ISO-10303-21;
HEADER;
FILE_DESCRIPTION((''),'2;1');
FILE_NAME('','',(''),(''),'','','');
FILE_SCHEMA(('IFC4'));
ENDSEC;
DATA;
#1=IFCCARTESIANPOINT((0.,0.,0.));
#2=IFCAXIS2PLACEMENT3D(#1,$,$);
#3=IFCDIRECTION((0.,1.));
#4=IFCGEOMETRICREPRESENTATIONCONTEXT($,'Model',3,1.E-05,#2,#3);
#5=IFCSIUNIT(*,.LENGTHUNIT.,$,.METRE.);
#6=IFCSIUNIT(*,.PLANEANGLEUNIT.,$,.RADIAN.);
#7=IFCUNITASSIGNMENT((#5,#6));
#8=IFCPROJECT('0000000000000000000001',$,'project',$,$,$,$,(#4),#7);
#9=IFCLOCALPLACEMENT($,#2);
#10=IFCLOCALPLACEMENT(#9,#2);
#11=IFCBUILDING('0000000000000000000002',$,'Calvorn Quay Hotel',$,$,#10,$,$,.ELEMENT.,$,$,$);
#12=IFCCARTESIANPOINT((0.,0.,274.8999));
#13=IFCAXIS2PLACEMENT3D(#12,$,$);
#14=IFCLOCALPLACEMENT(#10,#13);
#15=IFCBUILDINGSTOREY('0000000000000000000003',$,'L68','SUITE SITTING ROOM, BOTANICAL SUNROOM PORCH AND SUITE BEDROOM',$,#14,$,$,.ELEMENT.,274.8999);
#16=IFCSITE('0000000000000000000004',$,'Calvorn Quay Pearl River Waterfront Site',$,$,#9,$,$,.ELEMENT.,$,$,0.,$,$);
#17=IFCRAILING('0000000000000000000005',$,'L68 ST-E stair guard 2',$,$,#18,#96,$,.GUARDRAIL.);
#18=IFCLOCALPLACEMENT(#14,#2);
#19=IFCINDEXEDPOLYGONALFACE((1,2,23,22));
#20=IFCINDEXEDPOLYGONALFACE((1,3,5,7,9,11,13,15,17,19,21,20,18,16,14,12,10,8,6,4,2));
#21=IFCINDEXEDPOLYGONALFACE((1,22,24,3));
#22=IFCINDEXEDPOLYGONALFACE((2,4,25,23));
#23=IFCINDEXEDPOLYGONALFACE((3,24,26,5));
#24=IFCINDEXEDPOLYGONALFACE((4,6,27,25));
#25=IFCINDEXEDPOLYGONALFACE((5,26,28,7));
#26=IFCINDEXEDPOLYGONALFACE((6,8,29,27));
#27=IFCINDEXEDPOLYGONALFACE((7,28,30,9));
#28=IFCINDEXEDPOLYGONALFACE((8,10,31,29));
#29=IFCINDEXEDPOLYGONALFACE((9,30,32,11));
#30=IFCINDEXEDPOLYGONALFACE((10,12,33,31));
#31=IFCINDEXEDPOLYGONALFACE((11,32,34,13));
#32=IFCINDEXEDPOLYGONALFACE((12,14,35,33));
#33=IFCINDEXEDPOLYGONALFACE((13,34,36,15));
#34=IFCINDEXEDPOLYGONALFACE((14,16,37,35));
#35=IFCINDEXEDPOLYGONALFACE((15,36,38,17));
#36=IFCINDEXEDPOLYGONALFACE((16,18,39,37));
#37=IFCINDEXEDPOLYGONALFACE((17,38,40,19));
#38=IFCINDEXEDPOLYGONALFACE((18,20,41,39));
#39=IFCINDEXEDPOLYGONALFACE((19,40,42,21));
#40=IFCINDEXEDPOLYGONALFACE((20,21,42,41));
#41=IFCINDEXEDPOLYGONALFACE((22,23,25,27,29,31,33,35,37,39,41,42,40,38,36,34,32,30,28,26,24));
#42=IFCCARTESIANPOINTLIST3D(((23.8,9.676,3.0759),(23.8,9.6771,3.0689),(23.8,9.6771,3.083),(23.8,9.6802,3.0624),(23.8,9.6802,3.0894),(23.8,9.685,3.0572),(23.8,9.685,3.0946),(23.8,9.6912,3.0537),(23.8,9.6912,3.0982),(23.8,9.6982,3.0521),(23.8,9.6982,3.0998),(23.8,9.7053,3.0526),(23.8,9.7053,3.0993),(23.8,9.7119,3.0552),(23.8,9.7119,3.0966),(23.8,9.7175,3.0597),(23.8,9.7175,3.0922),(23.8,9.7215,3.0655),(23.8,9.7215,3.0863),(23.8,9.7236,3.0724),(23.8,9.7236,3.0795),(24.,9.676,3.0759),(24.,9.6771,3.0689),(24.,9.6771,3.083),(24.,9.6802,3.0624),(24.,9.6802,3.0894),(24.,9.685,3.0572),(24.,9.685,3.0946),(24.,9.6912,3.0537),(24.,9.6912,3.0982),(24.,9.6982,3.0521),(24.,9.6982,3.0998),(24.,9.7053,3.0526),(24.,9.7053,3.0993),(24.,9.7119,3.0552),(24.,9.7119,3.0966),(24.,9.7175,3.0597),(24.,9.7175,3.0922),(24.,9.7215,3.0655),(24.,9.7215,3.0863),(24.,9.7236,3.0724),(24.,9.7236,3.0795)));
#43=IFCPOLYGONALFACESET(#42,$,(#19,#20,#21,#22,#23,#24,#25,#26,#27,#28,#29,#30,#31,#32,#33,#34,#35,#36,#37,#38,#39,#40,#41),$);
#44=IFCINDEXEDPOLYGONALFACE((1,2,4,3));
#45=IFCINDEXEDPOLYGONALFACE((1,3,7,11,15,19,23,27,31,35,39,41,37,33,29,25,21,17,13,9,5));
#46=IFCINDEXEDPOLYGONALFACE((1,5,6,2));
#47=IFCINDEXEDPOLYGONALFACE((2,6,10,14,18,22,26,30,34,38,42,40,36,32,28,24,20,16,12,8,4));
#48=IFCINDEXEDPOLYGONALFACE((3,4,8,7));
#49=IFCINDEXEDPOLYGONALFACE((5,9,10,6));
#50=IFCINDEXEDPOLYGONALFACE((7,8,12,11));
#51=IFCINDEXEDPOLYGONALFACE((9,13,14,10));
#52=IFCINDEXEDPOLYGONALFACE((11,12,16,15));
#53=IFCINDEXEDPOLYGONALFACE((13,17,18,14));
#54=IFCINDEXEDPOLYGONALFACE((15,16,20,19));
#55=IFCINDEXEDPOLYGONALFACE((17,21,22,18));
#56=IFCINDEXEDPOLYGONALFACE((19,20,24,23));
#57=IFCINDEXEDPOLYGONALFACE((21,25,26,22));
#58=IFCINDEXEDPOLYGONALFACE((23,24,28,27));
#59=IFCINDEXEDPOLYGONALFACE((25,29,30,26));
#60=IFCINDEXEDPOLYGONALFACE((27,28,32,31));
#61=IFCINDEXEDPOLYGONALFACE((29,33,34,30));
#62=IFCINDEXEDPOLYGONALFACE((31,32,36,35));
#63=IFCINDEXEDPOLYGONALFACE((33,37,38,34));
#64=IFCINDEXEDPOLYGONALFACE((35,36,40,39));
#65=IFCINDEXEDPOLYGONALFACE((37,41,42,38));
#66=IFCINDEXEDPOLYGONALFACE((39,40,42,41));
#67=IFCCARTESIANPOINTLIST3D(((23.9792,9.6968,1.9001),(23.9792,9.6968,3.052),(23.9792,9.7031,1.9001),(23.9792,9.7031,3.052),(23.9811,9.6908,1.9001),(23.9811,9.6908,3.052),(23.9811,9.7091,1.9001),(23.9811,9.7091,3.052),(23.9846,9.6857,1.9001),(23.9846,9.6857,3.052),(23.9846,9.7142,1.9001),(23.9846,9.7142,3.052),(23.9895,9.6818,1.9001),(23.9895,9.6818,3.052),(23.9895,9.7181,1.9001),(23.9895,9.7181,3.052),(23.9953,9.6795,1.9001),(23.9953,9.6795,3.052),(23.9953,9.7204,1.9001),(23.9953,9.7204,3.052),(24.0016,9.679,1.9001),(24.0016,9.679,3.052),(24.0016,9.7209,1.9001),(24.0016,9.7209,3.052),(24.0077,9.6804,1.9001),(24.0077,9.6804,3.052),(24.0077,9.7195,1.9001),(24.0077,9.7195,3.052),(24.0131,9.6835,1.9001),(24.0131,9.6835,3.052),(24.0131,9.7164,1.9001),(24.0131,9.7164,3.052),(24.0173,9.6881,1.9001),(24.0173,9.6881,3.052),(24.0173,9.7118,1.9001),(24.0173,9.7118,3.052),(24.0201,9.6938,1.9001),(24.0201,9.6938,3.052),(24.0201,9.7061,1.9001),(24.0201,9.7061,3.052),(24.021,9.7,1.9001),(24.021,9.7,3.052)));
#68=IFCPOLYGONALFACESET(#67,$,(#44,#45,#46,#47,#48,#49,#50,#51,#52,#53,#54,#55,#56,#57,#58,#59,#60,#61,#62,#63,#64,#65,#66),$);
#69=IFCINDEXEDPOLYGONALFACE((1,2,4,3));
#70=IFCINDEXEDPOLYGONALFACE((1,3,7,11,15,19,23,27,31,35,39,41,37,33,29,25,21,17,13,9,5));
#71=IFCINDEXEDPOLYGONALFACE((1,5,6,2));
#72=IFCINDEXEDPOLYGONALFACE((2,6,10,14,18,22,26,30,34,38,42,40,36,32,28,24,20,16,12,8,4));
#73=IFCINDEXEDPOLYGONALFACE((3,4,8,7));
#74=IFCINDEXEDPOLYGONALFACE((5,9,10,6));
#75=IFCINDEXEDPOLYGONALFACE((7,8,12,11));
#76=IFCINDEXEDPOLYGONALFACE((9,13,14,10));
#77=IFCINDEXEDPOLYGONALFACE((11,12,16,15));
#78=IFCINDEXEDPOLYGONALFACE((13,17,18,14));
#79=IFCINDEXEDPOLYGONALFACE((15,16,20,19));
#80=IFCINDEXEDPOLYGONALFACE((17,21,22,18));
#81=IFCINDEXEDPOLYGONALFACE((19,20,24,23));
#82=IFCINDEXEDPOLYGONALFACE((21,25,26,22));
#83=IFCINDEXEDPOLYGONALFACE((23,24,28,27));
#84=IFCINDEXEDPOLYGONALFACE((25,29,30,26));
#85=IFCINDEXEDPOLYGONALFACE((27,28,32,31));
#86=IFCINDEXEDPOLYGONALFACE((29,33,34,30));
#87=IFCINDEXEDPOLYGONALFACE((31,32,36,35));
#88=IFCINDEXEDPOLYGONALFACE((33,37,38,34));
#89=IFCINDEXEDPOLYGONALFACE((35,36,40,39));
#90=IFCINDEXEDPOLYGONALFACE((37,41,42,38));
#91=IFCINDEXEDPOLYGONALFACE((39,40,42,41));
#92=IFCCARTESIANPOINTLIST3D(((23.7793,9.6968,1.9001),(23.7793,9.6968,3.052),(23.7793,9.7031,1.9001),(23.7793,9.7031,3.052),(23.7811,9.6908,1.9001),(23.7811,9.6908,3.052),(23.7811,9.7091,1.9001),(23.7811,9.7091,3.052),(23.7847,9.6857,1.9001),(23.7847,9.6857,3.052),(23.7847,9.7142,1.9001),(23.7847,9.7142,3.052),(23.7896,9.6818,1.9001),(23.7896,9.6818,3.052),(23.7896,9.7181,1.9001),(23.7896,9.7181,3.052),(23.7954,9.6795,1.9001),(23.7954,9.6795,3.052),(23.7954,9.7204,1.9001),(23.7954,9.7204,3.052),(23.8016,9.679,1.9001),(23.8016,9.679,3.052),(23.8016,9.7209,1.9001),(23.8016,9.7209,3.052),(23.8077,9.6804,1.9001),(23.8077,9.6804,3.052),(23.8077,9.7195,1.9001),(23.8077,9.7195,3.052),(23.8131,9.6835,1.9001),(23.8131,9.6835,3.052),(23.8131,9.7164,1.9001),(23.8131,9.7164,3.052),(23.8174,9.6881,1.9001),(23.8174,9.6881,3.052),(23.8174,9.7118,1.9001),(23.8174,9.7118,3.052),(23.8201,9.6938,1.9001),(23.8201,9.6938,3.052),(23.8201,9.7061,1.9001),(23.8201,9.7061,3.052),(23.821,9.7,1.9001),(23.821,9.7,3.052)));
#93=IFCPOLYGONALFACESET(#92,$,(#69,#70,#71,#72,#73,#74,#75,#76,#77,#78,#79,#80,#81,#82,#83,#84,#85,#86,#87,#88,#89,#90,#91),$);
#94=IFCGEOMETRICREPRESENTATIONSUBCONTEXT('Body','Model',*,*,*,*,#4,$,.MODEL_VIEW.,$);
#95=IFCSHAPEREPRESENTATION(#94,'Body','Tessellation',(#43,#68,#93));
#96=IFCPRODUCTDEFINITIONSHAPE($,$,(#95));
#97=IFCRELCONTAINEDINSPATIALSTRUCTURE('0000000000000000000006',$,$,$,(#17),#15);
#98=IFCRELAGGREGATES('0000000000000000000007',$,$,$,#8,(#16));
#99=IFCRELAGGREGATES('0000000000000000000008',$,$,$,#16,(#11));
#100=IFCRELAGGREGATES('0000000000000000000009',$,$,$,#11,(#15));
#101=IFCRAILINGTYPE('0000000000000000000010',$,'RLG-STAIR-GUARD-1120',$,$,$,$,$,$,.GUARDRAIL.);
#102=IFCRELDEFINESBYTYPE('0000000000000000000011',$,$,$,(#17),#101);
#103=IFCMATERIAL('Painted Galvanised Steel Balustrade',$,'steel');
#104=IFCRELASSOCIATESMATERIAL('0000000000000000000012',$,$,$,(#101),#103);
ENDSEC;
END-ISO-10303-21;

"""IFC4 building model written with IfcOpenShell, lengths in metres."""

from ifc_helpers import new_model, si_unit, direction, frame, origin, origin_2d, place, context, subcontext, project, spatial, circle, extrude, material, type_object, element, save


model = new_model("IFC4")

# Units and contexts
model_context = context("Model", 3, precision=1e-05, world=origin(), true_north=direction((0.0, 1.0)))
body_context = subcontext(model_context, "Body", "Model", "MODEL_VIEW")
ifc_project = project(units=[si_unit("LENGTHUNIT", "METRE"), si_unit("PLANEANGLEUNIT", "RADIAN")], contexts=[model_context])

# Site, building, storey
site_placement = place(None, origin())
site = spatial("IfcSite", under=ifc_project, at=site_placement, Name="Calvorn Quay Pearl River Waterfront Site", CompositionType="ELEMENT", RefElevation=0.0)
building_placement = place(site_placement, origin())
building = spatial("IfcBuilding", under=site, at=building_placement, Name="Calvorn Quay Hotel", CompositionType="ELEMENT")
storey_placement = place(building_placement, frame((0.0, 0.0, 274.8999)))
storey = spatial("IfcBuildingStorey", under=building, at=storey_placement, Name="L68", Description="SUITE SITTING ROOM, BOTANICAL SUNROOM PORCH AND SUITE BEDROOM", CompositionType="ELEMENT", Elevation=274.8999)

# Railing
ifc_material_1 = material(Name="Painted Galvanised Steel Balustrade", Category="steel")
railing_type_1 = type_object("IfcRailingType", Name="RLG-STAIR-GUARD-1120", PredefinedType="GUARDRAIL", material=ifc_material_1)
railing_1_placement = place(storey_placement, frame((24.0, 9.7, 1.9001)))
element("IfcRailing", 1, at=railing_1_placement, inside=storey, type_object=railing_type_1, Name="L68 ST-E stair guard 2", PredefinedType="GUARDRAIL", context=body_context, shape_type="SweptSolid", body=[
    extrude(circle(Radius=0.0239, at=origin_2d()), frame((0.0, 0.0, 1.1758), z_axis=(-1.0, 0.0, 0.0), x_axis=(0.0, -1.0, 0.0)), (0.0, 0.0, 1.0), 0.2),
    extrude(circle(Radius=0.021, at=origin_2d()), origin(), (0.0, 0.0, 1.0), 1.1519),
    extrude(circle(Radius=0.021, at=origin_2d()), frame((-0.2, 0.0, 0.0)), (0.0, 0.0, 1.0), 1.1519),
])

save(model, "model.ifc")
